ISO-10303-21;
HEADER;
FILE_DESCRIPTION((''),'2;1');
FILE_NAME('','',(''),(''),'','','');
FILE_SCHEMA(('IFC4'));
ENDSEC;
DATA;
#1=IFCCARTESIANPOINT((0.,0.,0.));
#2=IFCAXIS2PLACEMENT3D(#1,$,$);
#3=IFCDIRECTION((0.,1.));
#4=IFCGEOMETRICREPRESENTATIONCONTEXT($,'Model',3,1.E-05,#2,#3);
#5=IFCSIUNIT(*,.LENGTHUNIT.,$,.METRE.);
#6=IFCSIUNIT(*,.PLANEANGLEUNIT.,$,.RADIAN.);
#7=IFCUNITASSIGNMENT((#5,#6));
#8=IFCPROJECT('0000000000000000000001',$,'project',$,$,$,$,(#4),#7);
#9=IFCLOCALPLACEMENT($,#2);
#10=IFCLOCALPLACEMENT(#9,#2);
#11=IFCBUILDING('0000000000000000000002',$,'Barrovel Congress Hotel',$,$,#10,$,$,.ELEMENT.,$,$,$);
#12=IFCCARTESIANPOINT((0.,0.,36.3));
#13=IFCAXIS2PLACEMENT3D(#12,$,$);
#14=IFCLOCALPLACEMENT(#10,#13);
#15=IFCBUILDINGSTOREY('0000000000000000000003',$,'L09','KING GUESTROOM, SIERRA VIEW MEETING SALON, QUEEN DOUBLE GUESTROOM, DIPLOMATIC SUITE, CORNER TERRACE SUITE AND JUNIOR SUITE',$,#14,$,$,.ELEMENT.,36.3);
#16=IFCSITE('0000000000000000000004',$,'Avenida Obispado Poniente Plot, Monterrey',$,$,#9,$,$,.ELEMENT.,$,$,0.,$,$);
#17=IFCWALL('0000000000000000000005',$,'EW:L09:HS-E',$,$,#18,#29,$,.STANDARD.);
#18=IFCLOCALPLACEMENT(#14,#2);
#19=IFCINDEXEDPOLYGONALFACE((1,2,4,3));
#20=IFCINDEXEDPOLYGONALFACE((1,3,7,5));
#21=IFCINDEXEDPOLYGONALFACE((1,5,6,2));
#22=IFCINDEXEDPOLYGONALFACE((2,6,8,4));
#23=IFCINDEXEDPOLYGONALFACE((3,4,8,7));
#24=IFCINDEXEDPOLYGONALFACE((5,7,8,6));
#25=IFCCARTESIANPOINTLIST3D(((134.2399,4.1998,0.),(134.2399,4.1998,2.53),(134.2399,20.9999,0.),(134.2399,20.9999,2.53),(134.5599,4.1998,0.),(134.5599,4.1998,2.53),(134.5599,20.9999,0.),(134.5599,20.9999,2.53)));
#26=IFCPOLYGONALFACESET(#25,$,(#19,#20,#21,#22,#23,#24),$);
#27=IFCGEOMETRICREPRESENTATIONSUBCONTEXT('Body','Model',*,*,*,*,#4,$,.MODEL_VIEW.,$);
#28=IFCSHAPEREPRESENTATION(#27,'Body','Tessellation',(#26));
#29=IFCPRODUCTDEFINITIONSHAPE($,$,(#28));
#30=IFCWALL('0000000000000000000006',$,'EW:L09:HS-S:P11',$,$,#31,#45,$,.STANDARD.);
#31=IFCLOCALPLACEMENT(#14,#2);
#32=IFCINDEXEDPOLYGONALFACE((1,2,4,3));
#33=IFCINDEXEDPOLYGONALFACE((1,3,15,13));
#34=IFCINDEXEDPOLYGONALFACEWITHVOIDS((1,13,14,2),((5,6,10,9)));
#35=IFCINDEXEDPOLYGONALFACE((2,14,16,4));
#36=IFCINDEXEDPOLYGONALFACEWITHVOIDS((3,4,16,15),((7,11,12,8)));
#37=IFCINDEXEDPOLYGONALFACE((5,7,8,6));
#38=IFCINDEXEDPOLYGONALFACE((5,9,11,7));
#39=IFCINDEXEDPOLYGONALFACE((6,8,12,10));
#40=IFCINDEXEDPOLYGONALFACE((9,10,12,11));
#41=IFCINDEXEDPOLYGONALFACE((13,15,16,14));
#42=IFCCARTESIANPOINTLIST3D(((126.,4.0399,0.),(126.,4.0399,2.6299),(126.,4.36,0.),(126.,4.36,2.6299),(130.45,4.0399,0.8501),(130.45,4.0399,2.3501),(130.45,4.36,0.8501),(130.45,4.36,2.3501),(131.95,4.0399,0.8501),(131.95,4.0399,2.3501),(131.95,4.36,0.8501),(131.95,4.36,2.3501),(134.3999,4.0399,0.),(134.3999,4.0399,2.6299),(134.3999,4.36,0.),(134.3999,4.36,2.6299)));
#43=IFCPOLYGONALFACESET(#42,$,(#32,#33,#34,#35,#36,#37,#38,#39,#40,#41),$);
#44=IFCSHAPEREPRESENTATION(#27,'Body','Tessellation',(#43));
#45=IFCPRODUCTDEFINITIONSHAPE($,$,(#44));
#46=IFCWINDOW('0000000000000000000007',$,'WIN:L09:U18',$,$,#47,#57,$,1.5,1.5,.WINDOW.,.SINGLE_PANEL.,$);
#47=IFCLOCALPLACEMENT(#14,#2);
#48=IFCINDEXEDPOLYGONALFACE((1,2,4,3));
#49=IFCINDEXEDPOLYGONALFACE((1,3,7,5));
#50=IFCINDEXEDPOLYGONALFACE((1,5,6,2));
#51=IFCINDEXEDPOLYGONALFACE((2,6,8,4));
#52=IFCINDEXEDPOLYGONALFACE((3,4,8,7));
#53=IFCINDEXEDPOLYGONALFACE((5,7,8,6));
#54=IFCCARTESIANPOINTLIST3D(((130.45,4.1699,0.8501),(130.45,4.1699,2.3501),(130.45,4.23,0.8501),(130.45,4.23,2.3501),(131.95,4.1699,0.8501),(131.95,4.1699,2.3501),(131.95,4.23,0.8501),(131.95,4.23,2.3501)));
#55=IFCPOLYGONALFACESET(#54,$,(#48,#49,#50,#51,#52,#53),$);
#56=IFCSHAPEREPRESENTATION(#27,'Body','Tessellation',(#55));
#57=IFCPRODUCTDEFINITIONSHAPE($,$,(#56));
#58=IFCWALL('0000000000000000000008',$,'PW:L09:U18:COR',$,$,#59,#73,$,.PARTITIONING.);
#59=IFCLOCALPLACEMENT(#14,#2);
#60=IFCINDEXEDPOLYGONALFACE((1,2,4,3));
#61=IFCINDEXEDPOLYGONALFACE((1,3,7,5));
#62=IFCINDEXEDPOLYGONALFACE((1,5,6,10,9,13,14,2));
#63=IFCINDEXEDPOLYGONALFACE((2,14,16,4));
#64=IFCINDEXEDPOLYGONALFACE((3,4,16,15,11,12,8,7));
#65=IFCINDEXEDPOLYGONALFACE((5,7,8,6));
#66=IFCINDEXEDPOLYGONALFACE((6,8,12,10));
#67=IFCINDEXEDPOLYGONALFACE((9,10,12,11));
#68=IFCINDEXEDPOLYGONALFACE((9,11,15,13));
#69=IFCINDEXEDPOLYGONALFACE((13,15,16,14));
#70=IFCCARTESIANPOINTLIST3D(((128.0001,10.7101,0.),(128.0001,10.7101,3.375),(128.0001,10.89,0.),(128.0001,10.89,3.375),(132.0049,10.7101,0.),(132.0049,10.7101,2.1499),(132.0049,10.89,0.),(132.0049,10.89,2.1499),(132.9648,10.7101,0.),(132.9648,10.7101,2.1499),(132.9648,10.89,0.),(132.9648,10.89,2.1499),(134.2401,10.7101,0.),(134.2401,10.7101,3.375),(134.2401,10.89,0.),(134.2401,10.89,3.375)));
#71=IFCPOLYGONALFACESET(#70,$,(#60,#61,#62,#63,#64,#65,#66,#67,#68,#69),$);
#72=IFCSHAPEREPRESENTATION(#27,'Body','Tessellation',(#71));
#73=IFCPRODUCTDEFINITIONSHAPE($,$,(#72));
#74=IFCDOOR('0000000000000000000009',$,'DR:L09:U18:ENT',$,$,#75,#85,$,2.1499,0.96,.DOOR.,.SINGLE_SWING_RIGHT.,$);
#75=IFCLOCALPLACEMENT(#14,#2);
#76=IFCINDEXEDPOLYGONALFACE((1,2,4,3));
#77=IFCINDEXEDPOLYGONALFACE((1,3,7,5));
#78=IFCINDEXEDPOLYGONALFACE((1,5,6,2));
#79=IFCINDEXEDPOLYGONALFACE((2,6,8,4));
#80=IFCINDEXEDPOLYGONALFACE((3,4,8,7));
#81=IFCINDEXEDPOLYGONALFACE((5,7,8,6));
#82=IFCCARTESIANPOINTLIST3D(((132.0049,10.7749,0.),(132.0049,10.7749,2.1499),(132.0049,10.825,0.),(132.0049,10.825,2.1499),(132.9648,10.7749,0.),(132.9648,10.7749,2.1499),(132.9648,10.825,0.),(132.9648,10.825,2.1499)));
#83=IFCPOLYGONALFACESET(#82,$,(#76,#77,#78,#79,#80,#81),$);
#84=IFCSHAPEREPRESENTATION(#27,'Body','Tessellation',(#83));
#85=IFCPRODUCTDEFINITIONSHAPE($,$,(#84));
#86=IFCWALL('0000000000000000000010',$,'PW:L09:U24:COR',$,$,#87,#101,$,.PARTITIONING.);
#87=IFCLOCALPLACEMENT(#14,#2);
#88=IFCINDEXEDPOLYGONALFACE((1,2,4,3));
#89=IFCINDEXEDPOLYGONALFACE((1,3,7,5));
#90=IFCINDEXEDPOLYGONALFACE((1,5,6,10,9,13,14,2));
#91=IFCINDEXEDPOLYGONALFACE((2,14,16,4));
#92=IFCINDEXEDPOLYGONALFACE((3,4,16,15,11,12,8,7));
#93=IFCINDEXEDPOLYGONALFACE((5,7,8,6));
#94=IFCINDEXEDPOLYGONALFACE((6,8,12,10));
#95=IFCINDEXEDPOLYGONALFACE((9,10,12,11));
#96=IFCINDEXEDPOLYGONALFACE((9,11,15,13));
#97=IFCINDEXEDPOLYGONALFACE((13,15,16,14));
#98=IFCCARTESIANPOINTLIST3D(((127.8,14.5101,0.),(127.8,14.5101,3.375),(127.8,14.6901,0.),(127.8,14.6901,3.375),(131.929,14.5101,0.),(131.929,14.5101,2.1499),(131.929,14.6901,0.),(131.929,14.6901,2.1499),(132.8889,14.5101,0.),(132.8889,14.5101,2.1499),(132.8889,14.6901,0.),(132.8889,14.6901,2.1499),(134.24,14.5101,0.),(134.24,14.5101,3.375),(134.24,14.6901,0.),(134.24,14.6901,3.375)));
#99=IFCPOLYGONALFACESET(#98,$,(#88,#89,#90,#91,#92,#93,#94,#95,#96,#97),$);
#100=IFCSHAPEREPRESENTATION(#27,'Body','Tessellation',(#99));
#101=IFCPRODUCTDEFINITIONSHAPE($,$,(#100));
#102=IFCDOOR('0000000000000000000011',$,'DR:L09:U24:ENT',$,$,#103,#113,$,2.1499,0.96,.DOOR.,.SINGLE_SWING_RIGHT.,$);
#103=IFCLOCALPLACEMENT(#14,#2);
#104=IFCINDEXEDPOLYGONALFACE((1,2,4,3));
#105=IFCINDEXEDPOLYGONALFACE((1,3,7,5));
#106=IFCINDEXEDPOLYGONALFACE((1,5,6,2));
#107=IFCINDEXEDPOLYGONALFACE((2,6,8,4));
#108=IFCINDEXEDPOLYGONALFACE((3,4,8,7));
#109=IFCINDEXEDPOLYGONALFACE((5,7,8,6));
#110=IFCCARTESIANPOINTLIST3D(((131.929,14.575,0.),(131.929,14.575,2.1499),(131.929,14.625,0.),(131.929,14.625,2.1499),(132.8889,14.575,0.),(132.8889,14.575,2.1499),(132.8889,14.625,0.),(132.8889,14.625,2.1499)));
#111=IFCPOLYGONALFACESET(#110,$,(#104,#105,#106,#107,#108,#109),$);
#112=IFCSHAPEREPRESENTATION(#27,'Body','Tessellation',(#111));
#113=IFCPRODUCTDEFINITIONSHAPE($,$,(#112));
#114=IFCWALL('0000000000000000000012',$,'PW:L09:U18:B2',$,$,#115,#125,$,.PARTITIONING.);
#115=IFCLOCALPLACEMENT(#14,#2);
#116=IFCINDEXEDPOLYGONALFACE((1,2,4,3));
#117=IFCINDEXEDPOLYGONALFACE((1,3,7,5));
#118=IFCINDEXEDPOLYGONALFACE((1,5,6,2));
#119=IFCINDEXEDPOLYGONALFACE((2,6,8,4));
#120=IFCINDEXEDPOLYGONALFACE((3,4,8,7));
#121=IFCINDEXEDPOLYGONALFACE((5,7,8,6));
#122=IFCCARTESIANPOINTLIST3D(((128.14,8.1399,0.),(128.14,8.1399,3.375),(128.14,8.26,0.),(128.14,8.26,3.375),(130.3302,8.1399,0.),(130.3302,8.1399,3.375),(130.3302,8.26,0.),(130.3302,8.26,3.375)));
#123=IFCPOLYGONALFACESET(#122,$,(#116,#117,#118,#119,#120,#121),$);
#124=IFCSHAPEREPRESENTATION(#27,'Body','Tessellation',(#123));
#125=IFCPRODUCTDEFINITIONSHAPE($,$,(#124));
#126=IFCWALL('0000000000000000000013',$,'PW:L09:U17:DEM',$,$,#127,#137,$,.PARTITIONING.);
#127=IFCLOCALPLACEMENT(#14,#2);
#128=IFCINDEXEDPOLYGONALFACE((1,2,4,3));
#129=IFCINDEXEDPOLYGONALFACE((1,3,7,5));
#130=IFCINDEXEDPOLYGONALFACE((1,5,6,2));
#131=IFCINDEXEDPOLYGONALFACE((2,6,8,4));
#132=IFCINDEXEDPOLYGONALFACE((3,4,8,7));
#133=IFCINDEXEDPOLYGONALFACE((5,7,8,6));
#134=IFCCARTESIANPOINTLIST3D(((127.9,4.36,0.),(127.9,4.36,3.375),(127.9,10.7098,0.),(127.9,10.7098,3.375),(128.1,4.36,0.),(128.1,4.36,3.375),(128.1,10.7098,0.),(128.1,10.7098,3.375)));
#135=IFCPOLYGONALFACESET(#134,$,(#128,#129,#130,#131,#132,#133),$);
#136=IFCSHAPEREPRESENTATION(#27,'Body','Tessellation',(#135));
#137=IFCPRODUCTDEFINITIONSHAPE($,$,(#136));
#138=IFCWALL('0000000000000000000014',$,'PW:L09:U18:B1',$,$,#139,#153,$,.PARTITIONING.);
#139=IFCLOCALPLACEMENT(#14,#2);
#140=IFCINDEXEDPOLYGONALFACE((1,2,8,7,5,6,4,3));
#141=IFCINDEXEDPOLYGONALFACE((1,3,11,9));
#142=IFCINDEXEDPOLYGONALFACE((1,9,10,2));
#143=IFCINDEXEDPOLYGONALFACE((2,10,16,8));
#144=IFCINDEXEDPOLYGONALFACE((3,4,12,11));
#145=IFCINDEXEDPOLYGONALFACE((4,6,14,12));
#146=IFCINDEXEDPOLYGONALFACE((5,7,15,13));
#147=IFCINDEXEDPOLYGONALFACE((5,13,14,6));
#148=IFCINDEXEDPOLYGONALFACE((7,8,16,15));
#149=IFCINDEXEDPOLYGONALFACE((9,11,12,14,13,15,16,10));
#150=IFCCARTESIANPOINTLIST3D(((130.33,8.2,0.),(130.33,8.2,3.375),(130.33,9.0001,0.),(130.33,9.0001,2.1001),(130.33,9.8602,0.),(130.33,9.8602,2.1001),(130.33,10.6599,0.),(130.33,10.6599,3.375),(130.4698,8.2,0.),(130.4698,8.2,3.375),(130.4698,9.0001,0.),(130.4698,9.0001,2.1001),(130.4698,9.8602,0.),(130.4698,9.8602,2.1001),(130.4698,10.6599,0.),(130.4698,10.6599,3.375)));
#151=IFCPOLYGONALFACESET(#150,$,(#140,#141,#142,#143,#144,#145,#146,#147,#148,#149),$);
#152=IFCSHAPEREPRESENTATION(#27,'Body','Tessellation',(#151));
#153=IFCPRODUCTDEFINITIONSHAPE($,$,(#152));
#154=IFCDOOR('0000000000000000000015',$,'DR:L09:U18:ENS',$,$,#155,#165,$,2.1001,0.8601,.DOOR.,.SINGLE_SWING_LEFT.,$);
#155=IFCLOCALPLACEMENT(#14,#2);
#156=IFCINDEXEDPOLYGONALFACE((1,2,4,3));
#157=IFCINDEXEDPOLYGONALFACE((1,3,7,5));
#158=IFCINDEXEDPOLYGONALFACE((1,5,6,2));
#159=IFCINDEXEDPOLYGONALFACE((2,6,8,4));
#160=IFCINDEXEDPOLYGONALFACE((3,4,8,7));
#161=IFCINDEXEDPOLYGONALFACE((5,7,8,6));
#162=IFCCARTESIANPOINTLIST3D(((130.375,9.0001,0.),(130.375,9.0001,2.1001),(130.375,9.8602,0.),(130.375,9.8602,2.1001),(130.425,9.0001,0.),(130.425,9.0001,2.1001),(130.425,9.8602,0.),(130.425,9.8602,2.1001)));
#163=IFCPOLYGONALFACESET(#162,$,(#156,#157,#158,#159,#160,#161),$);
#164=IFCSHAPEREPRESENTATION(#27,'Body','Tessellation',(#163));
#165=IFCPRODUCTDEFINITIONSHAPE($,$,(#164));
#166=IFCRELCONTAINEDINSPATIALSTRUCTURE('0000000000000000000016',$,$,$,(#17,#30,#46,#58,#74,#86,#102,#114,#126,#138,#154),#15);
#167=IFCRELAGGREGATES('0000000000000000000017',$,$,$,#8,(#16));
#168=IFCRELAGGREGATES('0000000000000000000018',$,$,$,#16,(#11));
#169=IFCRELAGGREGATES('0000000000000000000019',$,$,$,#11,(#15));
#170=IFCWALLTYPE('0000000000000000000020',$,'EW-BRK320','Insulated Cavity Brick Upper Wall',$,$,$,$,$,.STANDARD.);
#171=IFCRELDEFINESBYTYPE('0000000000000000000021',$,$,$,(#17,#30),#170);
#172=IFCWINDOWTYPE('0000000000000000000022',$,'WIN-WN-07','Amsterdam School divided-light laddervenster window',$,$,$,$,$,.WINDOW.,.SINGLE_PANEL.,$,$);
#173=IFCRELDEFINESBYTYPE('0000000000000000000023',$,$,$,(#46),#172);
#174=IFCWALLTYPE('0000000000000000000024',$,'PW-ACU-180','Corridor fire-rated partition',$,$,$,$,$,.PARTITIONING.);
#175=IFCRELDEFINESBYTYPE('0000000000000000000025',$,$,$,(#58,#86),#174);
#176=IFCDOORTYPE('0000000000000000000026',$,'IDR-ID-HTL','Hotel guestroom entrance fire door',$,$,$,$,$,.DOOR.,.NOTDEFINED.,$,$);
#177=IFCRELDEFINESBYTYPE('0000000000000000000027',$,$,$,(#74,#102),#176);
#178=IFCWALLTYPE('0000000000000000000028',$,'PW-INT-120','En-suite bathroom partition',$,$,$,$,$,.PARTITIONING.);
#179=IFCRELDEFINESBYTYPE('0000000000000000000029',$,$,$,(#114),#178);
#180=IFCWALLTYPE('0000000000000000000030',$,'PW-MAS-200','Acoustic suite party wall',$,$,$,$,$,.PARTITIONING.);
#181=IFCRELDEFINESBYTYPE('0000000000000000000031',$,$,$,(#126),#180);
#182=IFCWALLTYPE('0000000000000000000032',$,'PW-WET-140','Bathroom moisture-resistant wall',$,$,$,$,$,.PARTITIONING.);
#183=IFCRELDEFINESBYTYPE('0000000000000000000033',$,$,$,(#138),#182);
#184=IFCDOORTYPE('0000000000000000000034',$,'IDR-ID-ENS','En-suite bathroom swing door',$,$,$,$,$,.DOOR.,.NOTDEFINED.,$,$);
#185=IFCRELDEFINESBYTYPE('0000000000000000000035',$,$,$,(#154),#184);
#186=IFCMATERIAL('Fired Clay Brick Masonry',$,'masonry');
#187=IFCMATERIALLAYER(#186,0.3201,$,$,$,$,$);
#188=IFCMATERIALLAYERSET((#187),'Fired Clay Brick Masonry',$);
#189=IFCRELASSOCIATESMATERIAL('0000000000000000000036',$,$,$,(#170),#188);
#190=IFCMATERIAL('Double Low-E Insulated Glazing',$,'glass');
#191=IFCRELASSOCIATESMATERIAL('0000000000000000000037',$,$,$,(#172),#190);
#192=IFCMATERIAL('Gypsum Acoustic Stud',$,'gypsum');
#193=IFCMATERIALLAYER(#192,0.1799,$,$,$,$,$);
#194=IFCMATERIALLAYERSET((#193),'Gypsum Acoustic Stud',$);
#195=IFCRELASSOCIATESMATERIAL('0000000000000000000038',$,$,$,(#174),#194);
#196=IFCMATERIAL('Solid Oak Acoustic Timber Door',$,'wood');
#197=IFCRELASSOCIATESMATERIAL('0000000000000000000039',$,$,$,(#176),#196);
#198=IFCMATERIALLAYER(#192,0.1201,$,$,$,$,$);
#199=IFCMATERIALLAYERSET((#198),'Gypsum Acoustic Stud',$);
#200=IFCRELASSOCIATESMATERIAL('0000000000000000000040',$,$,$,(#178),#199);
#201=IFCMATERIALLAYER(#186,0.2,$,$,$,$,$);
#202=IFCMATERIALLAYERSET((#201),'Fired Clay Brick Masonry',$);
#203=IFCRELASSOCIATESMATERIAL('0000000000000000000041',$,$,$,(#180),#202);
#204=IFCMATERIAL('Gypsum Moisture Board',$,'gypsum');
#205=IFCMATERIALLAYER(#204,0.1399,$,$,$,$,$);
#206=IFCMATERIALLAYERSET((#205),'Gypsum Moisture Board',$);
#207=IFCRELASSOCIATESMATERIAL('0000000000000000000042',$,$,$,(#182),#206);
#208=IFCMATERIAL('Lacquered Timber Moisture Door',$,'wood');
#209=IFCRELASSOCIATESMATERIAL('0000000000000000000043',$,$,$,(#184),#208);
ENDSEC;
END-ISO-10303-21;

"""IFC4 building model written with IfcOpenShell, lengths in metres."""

from ifc_helpers import new_model, si_unit, direction, frame, frame_2d, origin, place, context, subcontext, project, spatial, rectangle, extrude, material, layer, layer_set, type_object, element, fill, save


model = new_model("IFC4")

# Units and contexts
model_context = context("Model", 3, precision=1e-05, world=origin(), true_north=direction((0.0, 1.0)))
body_context = subcontext(model_context, "Body", "Model", "MODEL_VIEW")
ifc_project = project(units=[si_unit("LENGTHUNIT", "METRE"), si_unit("PLANEANGLEUNIT", "RADIAN")], contexts=[model_context])

# Site, building, storey
site_placement = place(None, origin())
site = spatial("IfcSite", under=ifc_project, at=site_placement, Name="Avenida Obispado Poniente Plot, Monterrey", CompositionType="ELEMENT", RefElevation=0.0)
building_placement = place(site_placement, origin())
building = spatial("IfcBuilding", under=site, at=building_placement, Name="Barrovel Congress Hotel", CompositionType="ELEMENT")
storey_placement = place(building_placement, frame((0.0, 0.0, 36.3)))
storey = spatial("IfcBuildingStorey", under=building, at=storey_placement, Name="L09", Description="KING GUESTROOM, SIERRA VIEW MEETING SALON, QUEEN DOUBLE GUESTROOM, DIPLOMATIC SUITE, CORNER TERRACE SUITE AND JUNIOR SUITE", CompositionType="ELEMENT", Elevation=36.3)

# Wall
ifc_material_1 = material(Name="Fired Clay Brick Masonry", Category="masonry")
ifc_layer_1 = layer(ifc_material_1, 0.3201)
ifc_layer_set_1 = layer_set([ifc_layer_1], Name="Fired Clay Brick Masonry")
wall_type_1 = type_object("IfcWallType", Name="EW-BRK320", Description="Insulated Cavity Brick Upper Wall", PredefinedType="STANDARD", material=ifc_layer_set_1)
wall_1_placement = place(storey_placement, frame((134.3999, 4.2, 0.0), z_axis=(0.0, 0.0, 1.0), x_axis=(0.0, 1.0, 0.0)))
element("IfcWall", 1, at=wall_1_placement, inside=storey, type_object=wall_type_1, Name="EW:L09:HS-E", PredefinedType="STANDARD", context=body_context, shape_type="SweptSolid", body=[
    extrude(rectangle(XDim=16.8, YDim=0.3201, at=frame_2d((8.3999, 0.0))), origin(), (0.0, 0.0, 1.0), 2.53),
])

# Wall, opening, window
wall_2_placement = place(storey_placement, frame((126.0, 4.2, 0.0), z_axis=(0.0, 0.0, 1.0), x_axis=(1.0, 0.0, 0.0)))
wall_2 = element("IfcWall", 2, at=wall_2_placement, inside=storey, type_object=wall_type_1, Name="EW:L09:HS-S:P11", PredefinedType="STANDARD", context=body_context, shape_type="SweptSolid", body=[
    extrude(rectangle(XDim=8.3999, YDim=0.3201, at=frame_2d((4.2, 0.0))), origin(), (0.0, 0.0, 1.0), 2.6299),
])
opening_1_placement = place(wall_2_placement, frame((4.45, 0.0, 0.8501)))
opening_1 = element("IfcOpeningElement", 3, at=opening_1_placement, cuts=wall_2, PredefinedType="OPENING", context=body_context, shape_type="SweptSolid", body=[
    extrude(rectangle(XDim=1.5, YDim=1.5, at=frame_2d((0.75, 0.75))), frame((0.0, 0.1699, 0.0), z_axis=(0.0, -1.0, 0.0), x_axis=(1.0, 0.0, 0.0)), (0.0, 0.0, 1.0), 0.3401),
])
ifc_material_2 = material(Name="Double Low-E Insulated Glazing", Category="glass")
window_type = type_object("IfcWindowType", Name="WIN-WN-07", Description="Amsterdam School divided-light laddervenster window", PartitioningType="SINGLE_PANEL", PredefinedType="WINDOW", material=ifc_material_2)
window_placement = place(opening_1_placement, origin())
window = element("IfcWindow", 4, at=window_placement, inside=storey, type_object=window_type, Name="WIN:L09:U18", OverallHeight=1.5, OverallWidth=1.5, PartitioningType="SINGLE_PANEL", PredefinedType="WINDOW", context=body_context, shape_type="SweptSolid", body=[
    extrude(rectangle(XDim=1.5, YDim=1.5, at=frame_2d((0.75, 0.75))), frame((0.0, 0.03, 0.0), z_axis=(0.0, -1.0, 0.0), x_axis=(1.0, 0.0, 0.0)), (0.0, 0.0, 1.0), 0.0601),
])
fill(opening_1, window)

# Walls, openings, doors
ifc_material_3 = material(Name="Gypsum Acoustic Stud", Category="gypsum")
ifc_layer_2 = layer(ifc_material_3, 0.1799)
ifc_layer_set_2 = layer_set([ifc_layer_2], Name="Gypsum Acoustic Stud")
wall_type_2 = type_object("IfcWallType", Name="PW-ACU-180", Description="Corridor fire-rated partition", PredefinedType="PARTITIONING", material=ifc_layer_set_2)
wall_3_placement = place(storey_placement, frame((128.0, 10.8, 0.0), z_axis=(0.0, 0.0, 1.0), x_axis=(1.0, 0.0, 0.0)))
wall_3 = element("IfcWall", 5, at=wall_3_placement, inside=storey, type_object=wall_type_2, Name="PW:L09:U18:COR", PredefinedType="PARTITIONING", context=body_context, shape_type="SweptSolid", body=[
    extrude(rectangle(XDim=6.24, YDim=0.1799, at=frame_2d((3.1201, 0.0))), origin(), (0.0, 0.0, 1.0), 3.375),
])
opening_2_placement = place(wall_3_placement, frame((4.0049, 0.0, 0.0)))
opening_2 = element("IfcOpeningElement", 6, at=opening_2_placement, cuts=wall_3, PredefinedType="OPENING", context=body_context, shape_type="SweptSolid", body=[
    extrude(rectangle(XDim=0.96, YDim=2.1499, at=frame_2d((0.48, 1.075))), frame((0.0, 0.1001, 0.0), z_axis=(0.0, -1.0, 0.0), x_axis=(1.0, 0.0, 0.0)), (0.0, 0.0, 1.0), 0.2),
])
ifc_material_4 = material(Name="Solid Oak Acoustic Timber Door", Category="wood")
door_type_1 = type_object("IfcDoorType", Name="IDR-ID-HTL", Description="Hotel guestroom entrance fire door", OperationType="NOTDEFINED", PredefinedType="DOOR", material=ifc_material_4)
door_1_placement = place(opening_2_placement, origin())
door_1 = element("IfcDoor", 7, at=door_1_placement, inside=storey, type_object=door_type_1, Name="DR:L09:U18:ENT", OperationType="SINGLE_SWING_RIGHT", OverallHeight=2.1499, OverallWidth=0.96, PredefinedType="DOOR", context=body_context, shape_type="SweptSolid", body=[
    extrude(rectangle(XDim=0.96, YDim=2.1499, at=frame_2d((0.48, 1.075))), frame((0.0, 0.0249, 0.0), z_axis=(0.0, -1.0, 0.0), x_axis=(1.0, 0.0, 0.0)), (0.0, 0.0, 1.0), 0.05),
])
fill(opening_2, door_1)
wall_4_placement = place(storey_placement, frame((127.8, 14.6001, 0.0), z_axis=(0.0, 0.0, 1.0), x_axis=(1.0, 0.0, 0.0)))
wall_4 = element("IfcWall", 8, at=wall_4_placement, inside=storey, type_object=wall_type_2, Name="PW:L09:U24:COR", PredefinedType="PARTITIONING", context=body_context, shape_type="SweptSolid", body=[
    extrude(rectangle(XDim=6.4399, YDim=0.1799, at=frame_2d((3.22, 0.0))), origin(), (0.0, 0.0, 1.0), 3.375),
])
opening_3_placement = place(wall_4_placement, frame((4.1289, 0.0, 0.0)))
opening_3 = element("IfcOpeningElement", 9, at=opening_3_placement, cuts=wall_4, PredefinedType="OPENING", context=body_context, shape_type="SweptSolid", body=[
    extrude(rectangle(XDim=0.96, YDim=2.1499, at=frame_2d((0.48, 1.075))), frame((0.0, 0.1001, 0.0), z_axis=(0.0, -1.0, 0.0), x_axis=(1.0, 0.0, 0.0)), (0.0, 0.0, 1.0), 0.2),
])
door_2_placement = place(opening_3_placement, origin())
door_2 = element("IfcDoor", 10, at=door_2_placement, inside=storey, type_object=door_type_1, Name="DR:L09:U24:ENT", OperationType="SINGLE_SWING_RIGHT", OverallHeight=2.1499, OverallWidth=0.96, PredefinedType="DOOR", context=body_context, shape_type="SweptSolid", body=[
    extrude(rectangle(XDim=0.96, YDim=2.1499, at=frame_2d((0.48, 1.075))), frame((0.0, 0.0249, 0.0), z_axis=(0.0, -1.0, 0.0), x_axis=(1.0, 0.0, 0.0)), (0.0, 0.0, 1.0), 0.05),
])
fill(opening_3, door_2)

# Walls
ifc_layer_3 = layer(ifc_material_3, 0.1201)
ifc_layer_set_3 = layer_set([ifc_layer_3], Name="Gypsum Acoustic Stud")
wall_type_3 = type_object("IfcWallType", Name="PW-INT-120", Description="En-suite bathroom partition", PredefinedType="PARTITIONING", material=ifc_layer_set_3)
wall_5_placement = place(storey_placement, frame((128.1399, 8.2, 0.0), z_axis=(0.0, 0.0, 1.0), x_axis=(1.0, 0.0, 0.0)))
element("IfcWall", 11, at=wall_5_placement, inside=storey, type_object=wall_type_3, Name="PW:L09:U18:B2", PredefinedType="PARTITIONING", context=body_context, shape_type="SweptSolid", body=[
    extrude(rectangle(XDim=2.1902, YDim=0.1201, at=frame_2d((1.0952, 0.0))), origin(), (0.0, 0.0, 1.0), 3.375),
])
ifc_layer_4 = layer(ifc_material_1, 0.2)
ifc_layer_set_4 = layer_set([ifc_layer_4], Name="Fired Clay Brick Masonry")
wall_type_4 = type_object("IfcWallType", Name="PW-MAS-200", Description="Acoustic suite party wall", PredefinedType="PARTITIONING", material=ifc_layer_set_4)
wall_6_placement = place(storey_placement, frame((128.0, 4.3601, 0.0), z_axis=(0.0, 0.0, 1.0), x_axis=(0.0, 1.0, 0.0)))
element("IfcWall", 12, at=wall_6_placement, inside=storey, type_object=wall_type_4, Name="PW:L09:U17:DEM", PredefinedType="PARTITIONING", context=body_context, shape_type="SweptSolid", body=[
    extrude(rectangle(XDim=6.3499, YDim=0.2, at=frame_2d((3.1748, 0.0))), origin(), (0.0, 0.0, 1.0), 3.375),
])

# Wall, opening, door
ifc_material_5 = material(Name="Gypsum Moisture Board", Category="gypsum")
ifc_layer_5 = layer(ifc_material_5, 0.1399)
ifc_layer_set_5 = layer_set([ifc_layer_5], Name="Gypsum Moisture Board")
wall_type_5 = type_object("IfcWallType", Name="PW-WET-140", Description="Bathroom moisture-resistant wall", PredefinedType="PARTITIONING", material=ifc_layer_set_5)
wall_7_placement = place(storey_placement, frame((130.3999, 8.2, 0.0), z_axis=(0.0, 0.0, 1.0), x_axis=(0.0, 1.0, 0.0)))
wall_7 = element("IfcWall", 13, at=wall_7_placement, inside=storey, type_object=wall_type_5, Name="PW:L09:U18:B1", PredefinedType="PARTITIONING", context=body_context, shape_type="SweptSolid", body=[
    extrude(rectangle(XDim=2.46, YDim=0.1399, at=frame_2d((1.23, 0.0))), origin(), (0.0, 0.0, 1.0), 3.375),
])
opening_4_placement = place(wall_7_placement, frame((0.8, 0.0, 0.0)))
opening_4 = element("IfcOpeningElement", 14, at=opening_4_placement, cuts=wall_7, PredefinedType="OPENING", context=body_context, shape_type="SweptSolid", body=[
    extrude(rectangle(XDim=0.8601, YDim=2.1001, at=frame_2d((0.4302, 1.05))), frame((0.0, 0.0801, 0.0), z_axis=(0.0, -1.0, 0.0), x_axis=(1.0, 0.0, 0.0)), (0.0, 0.0, 1.0), 0.1599),
])
ifc_material_6 = material(Name="Lacquered Timber Moisture Door", Category="wood")
door_type_2 = type_object("IfcDoorType", Name="IDR-ID-ENS", Description="En-suite bathroom swing door", OperationType="NOTDEFINED", PredefinedType="DOOR", material=ifc_material_6)
door_3_placement = place(opening_4_placement, origin())
door_3 = element("IfcDoor", 15, at=door_3_placement, inside=storey, type_object=door_type_2, Name="DR:L09:U18:ENS", OperationType="SINGLE_SWING_LEFT", OverallHeight=2.1001, OverallWidth=0.8601, PredefinedType="DOOR", context=body_context, shape_type="SweptSolid", body=[
    extrude(rectangle(XDim=0.8601, YDim=2.1001, at=frame_2d((0.4302, 1.05))), frame((0.0, 0.0249, 0.0), z_axis=(0.0, -1.0, 0.0), x_axis=(1.0, 0.0, 0.0)), (0.0, 0.0, 1.0), 0.05),
])
fill(opening_4, door_3)

save(model, "model.ifc")
